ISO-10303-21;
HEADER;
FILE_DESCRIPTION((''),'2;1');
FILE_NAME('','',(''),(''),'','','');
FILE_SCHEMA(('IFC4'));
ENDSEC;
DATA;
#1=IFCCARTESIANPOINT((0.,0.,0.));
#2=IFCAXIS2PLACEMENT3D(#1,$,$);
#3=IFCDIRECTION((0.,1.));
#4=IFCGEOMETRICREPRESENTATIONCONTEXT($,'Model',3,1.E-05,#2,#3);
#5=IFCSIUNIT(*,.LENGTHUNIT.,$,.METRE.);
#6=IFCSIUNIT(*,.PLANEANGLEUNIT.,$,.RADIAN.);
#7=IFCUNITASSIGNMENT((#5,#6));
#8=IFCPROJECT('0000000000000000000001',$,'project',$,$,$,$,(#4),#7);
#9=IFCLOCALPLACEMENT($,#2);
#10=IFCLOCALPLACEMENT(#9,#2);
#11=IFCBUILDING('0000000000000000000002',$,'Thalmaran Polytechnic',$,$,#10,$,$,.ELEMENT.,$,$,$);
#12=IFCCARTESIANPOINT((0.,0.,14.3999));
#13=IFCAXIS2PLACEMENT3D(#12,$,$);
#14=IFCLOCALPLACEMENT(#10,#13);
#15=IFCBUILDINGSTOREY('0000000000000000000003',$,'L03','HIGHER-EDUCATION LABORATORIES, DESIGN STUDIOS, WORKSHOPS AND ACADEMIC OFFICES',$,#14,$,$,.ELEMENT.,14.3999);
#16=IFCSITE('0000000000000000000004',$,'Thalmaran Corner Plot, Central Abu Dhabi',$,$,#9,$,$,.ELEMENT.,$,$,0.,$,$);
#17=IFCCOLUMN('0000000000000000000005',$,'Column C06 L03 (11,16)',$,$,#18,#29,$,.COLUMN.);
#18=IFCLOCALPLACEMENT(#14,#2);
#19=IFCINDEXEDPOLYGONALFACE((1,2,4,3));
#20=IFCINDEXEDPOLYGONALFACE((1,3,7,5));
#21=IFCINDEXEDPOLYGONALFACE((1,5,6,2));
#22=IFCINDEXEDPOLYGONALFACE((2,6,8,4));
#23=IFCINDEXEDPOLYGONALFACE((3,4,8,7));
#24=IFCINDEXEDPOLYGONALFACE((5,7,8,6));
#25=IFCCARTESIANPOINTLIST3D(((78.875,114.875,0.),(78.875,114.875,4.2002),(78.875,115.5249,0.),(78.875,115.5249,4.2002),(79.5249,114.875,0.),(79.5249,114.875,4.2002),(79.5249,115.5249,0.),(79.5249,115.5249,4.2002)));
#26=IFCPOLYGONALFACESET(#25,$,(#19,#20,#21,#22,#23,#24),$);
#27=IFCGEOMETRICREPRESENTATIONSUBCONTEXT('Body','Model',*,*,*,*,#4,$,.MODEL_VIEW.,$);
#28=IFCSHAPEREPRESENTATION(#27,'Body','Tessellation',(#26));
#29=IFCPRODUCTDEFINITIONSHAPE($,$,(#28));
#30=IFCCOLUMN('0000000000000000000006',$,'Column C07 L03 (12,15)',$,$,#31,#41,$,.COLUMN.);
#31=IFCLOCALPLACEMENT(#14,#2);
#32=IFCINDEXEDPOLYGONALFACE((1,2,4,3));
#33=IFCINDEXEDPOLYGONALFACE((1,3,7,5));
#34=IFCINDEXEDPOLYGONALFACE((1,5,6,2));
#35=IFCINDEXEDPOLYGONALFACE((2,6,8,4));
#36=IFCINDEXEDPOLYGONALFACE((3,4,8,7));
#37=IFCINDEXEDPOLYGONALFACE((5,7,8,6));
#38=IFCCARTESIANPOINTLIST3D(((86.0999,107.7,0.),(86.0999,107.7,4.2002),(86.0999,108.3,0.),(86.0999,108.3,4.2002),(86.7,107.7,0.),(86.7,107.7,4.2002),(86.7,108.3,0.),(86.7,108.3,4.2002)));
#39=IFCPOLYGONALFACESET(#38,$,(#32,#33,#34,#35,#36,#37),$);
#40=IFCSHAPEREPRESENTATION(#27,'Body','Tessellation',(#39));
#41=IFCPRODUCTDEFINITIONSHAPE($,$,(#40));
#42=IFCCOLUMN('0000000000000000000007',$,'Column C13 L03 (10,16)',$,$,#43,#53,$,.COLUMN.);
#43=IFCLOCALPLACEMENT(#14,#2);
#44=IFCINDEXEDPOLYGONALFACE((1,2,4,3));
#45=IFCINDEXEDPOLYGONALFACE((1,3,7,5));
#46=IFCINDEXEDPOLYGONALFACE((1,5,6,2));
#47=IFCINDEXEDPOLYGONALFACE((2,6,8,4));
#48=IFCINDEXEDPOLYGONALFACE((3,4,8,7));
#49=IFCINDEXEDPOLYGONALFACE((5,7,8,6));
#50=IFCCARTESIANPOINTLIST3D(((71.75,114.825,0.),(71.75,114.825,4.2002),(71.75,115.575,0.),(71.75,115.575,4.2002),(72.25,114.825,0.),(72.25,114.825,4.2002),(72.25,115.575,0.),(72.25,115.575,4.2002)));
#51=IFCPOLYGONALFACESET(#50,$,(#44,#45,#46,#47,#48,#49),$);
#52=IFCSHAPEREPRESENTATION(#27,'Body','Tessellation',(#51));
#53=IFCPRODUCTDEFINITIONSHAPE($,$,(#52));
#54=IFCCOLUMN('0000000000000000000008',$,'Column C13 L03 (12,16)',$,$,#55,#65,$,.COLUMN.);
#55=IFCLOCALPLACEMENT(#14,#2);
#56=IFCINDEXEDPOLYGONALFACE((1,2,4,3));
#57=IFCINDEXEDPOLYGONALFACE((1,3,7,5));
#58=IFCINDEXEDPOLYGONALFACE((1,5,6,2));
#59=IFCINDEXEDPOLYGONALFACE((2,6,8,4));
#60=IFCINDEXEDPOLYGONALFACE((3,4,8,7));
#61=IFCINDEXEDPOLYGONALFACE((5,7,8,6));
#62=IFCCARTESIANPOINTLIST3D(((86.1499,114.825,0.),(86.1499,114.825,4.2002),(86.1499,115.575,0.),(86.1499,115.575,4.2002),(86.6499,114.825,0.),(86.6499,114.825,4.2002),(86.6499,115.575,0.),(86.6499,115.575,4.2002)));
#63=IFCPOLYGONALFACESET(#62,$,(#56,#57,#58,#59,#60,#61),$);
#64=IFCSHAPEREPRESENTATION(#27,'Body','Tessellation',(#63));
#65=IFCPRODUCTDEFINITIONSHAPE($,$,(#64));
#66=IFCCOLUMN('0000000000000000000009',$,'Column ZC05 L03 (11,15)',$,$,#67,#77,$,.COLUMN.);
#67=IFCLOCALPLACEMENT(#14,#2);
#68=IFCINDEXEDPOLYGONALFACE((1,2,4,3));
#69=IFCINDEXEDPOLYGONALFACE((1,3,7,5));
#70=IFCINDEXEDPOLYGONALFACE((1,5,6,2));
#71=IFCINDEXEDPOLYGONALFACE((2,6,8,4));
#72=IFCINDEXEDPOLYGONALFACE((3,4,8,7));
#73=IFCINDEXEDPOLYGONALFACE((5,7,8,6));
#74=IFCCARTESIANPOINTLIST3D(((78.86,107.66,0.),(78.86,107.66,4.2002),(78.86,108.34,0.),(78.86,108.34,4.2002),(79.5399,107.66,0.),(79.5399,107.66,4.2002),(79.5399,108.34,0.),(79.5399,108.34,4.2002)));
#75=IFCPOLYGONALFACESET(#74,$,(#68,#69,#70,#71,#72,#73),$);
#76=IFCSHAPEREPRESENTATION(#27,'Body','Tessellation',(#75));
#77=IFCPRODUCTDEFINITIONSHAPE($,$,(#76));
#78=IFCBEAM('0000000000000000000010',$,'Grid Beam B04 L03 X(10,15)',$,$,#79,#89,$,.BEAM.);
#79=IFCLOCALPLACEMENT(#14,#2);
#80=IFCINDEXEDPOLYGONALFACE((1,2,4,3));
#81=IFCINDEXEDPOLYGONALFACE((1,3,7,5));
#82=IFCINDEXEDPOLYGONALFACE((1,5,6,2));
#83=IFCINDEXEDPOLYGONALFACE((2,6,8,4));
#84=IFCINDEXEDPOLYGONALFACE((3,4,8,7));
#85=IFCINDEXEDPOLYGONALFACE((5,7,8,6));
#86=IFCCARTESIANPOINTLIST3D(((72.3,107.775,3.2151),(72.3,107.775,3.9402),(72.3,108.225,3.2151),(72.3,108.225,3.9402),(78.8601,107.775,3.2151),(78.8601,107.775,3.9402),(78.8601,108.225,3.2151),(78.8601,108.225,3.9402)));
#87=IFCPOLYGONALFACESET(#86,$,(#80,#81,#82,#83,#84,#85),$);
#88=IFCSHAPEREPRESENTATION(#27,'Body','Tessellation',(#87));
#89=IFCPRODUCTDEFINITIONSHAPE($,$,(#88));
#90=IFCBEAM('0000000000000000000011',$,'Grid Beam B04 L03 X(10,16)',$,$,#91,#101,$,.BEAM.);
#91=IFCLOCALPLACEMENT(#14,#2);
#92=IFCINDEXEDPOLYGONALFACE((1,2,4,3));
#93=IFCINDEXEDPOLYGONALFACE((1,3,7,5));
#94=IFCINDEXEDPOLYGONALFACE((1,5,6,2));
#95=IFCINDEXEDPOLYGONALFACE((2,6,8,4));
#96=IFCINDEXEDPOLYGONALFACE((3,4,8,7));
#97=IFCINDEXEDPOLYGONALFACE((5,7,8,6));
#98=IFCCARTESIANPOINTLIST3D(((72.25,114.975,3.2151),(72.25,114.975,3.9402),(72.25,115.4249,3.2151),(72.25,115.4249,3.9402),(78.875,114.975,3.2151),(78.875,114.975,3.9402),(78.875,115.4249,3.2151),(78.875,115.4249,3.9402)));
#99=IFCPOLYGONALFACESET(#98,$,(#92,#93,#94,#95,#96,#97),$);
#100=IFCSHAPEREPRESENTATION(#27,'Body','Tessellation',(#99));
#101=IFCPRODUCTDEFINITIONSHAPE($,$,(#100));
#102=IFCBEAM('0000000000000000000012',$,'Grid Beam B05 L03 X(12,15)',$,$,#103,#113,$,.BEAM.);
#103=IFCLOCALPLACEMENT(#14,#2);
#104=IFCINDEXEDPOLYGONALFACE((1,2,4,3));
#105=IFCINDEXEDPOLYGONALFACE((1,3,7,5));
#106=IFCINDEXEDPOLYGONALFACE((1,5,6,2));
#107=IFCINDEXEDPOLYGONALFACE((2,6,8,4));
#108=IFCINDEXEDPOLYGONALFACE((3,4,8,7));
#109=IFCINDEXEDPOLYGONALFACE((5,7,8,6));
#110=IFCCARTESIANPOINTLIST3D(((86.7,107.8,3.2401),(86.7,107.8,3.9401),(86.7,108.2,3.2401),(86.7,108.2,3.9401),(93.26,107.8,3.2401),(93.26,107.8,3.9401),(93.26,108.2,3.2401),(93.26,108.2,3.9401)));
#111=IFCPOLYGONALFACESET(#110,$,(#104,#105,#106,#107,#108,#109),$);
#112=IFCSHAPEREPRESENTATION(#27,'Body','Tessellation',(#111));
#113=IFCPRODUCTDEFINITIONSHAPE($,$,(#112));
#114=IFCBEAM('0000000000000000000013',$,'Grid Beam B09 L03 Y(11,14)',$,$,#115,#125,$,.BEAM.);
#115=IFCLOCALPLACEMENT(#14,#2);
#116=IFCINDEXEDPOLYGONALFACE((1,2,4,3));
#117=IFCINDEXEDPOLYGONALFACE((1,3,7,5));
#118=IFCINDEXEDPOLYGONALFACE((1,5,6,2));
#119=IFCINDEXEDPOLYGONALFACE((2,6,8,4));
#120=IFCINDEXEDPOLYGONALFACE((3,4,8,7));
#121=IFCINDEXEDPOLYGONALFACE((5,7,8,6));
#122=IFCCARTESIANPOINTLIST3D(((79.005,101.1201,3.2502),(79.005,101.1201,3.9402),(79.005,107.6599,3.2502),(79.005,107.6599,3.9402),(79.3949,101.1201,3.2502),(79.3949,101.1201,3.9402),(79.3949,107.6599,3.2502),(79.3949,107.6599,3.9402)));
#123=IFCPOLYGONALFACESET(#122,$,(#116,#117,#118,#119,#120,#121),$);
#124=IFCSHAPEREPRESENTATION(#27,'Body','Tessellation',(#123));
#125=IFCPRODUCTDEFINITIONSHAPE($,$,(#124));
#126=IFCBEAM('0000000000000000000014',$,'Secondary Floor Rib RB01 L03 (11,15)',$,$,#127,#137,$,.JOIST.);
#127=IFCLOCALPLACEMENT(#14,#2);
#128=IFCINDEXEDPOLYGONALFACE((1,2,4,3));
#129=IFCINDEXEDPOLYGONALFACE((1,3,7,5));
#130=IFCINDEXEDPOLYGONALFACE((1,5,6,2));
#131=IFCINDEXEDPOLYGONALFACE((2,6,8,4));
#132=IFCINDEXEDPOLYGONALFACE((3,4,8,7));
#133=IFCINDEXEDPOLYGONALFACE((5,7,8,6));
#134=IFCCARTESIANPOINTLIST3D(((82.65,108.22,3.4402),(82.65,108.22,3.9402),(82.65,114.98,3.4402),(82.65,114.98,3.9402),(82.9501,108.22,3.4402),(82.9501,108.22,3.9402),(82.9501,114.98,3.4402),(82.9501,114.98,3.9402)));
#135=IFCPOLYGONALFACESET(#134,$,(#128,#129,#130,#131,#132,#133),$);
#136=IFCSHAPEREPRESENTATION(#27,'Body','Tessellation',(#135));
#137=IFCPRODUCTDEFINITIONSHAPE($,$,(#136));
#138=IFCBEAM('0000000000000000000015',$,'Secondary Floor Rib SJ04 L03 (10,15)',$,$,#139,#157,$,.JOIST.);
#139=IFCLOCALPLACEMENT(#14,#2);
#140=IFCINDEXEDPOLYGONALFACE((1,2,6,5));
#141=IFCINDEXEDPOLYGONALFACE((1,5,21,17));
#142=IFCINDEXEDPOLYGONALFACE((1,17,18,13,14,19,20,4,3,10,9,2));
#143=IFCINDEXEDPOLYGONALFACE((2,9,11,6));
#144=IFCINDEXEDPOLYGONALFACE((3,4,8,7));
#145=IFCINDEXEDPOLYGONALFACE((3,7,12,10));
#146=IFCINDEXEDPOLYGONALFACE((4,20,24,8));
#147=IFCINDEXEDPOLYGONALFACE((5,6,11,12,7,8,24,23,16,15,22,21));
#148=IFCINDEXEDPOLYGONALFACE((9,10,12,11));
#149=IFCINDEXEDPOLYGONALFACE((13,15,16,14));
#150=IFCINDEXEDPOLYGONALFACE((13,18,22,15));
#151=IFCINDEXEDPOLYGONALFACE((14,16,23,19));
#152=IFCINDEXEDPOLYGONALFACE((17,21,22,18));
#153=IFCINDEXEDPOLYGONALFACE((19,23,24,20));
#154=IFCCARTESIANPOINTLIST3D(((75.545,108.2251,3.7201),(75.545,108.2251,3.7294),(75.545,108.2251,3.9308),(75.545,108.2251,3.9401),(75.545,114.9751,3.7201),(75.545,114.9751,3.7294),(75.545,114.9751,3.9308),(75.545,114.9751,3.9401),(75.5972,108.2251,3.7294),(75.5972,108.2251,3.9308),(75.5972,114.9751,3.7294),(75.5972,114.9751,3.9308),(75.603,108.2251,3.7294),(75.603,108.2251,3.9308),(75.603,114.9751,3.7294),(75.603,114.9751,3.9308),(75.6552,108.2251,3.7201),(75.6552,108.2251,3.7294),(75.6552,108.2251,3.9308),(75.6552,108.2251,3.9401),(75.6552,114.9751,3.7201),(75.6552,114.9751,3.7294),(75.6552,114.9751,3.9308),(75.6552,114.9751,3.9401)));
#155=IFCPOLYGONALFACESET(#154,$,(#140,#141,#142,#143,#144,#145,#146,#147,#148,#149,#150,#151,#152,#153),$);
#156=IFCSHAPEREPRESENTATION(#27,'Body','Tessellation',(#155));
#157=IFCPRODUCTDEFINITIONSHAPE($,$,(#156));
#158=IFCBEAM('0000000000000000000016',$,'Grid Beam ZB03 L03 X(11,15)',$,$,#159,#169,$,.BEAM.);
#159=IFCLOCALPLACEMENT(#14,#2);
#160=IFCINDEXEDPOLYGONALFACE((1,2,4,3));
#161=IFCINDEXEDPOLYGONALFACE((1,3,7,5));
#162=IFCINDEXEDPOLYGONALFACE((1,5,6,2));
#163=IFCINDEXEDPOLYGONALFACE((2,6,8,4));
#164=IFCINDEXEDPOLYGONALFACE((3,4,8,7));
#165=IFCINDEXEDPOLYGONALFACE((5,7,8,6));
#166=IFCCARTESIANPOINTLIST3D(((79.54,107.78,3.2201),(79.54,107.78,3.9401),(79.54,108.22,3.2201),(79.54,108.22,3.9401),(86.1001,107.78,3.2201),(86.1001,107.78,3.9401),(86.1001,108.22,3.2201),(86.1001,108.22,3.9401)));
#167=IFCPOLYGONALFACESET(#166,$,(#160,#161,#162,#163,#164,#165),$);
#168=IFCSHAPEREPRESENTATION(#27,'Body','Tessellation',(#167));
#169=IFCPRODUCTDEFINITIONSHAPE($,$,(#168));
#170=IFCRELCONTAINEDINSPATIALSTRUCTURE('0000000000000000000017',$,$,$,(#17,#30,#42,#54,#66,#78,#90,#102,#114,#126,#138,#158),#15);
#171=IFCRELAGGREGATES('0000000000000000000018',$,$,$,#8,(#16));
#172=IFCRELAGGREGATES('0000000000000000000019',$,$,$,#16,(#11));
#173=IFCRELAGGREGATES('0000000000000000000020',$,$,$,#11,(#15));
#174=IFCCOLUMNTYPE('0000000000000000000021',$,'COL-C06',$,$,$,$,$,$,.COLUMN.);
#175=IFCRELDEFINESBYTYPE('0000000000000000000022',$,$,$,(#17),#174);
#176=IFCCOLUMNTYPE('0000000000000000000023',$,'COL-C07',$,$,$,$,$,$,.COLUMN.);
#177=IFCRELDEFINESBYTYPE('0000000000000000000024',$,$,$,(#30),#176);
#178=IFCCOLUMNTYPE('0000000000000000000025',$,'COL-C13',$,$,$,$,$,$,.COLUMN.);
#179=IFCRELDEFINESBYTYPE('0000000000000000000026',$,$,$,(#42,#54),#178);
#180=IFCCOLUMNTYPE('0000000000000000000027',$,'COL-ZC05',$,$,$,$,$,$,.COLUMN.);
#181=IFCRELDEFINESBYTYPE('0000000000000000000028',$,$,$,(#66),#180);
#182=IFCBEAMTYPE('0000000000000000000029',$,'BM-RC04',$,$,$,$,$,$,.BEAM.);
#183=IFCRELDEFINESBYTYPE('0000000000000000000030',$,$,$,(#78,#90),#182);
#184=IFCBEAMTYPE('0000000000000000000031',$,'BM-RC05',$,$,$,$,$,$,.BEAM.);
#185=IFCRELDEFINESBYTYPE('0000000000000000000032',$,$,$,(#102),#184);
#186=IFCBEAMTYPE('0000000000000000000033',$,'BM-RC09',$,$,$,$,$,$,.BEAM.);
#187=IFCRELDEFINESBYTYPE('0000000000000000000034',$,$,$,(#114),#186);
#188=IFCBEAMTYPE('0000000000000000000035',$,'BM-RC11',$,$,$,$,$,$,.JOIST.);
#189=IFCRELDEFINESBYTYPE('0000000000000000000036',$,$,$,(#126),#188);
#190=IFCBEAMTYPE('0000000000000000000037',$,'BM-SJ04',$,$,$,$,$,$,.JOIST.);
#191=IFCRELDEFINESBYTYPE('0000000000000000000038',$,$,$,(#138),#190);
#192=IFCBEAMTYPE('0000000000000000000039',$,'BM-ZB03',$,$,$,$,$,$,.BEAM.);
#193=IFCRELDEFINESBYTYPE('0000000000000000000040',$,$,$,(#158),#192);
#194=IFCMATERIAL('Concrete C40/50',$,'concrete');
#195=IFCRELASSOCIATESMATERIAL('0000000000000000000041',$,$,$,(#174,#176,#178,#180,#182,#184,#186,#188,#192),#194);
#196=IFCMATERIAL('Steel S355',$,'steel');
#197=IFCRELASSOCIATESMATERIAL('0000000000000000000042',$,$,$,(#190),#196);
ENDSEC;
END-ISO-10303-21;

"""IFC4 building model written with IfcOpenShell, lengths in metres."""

from ifc_helpers import new_model, si_unit, direction, frame, origin, origin_2d, place, context, subcontext, project, spatial, rectangle, i_section, extrude, material, material_profile, profile_set, type_object, element, save


model = new_model("IFC4")

# Units and contexts
model_context = context("Model", 3, precision=1e-05, world=origin(), true_north=direction((0.0, 1.0)))
body_context = subcontext(model_context, "Body", "Model", "MODEL_VIEW")
ifc_project = project(units=[si_unit("LENGTHUNIT", "METRE"), si_unit("PLANEANGLEUNIT", "RADIAN")], contexts=[model_context])

# Site, building, storey
site_placement = place(None, origin())
site = spatial("IfcSite", under=ifc_project, at=site_placement, Name="Thalmaran Corner Plot, Central Abu Dhabi", CompositionType="ELEMENT", RefElevation=0.0)
building_placement = place(site_placement, origin())
building = spatial("IfcBuilding", under=site, at=building_placement, Name="Thalmaran Polytechnic", CompositionType="ELEMENT")
storey_placement = place(building_placement, frame((0.0, 0.0, 14.3999)))
storey = spatial("IfcBuildingStorey", under=building, at=storey_placement, Name="L03", Description="HIGHER-EDUCATION LABORATORIES, DESIGN STUDIOS, WORKSHOPS AND ACADEMIC OFFICES", CompositionType="ELEMENT", Elevation=14.3999)

# Columns
ifc_material_1 = material(Name="Concrete C40/50", Category="concrete")
ifc_material_profile_1 = material_profile(ifc_material_1, rectangle(XDim=0.6499, YDim=0.6499, at=origin_2d()), Name="RC 650x650")
ifc_profile_set_1 = profile_set([ifc_material_profile_1], Name="Concrete C40/50")
column_type_1 = type_object("IfcColumnType", Name="COL-C06", PredefinedType="COLUMN", material=ifc_profile_set_1)
column_1_placement = place(storey_placement, frame((79.2, 115.2, 0.0), z_axis=(0.0, 0.0, 1.0), x_axis=(1.0, 0.0, 0.0)))
element("IfcColumn", 1, at=column_1_placement, inside=storey, type_object=column_type_1, Name="Column C06 L03 (11,16)", PredefinedType="COLUMN", context=body_context, shape_type="SweptSolid", body=[
    extrude(rectangle(XDim=0.6499, YDim=0.6499, at=origin_2d()), origin(), (0.0, 0.0, 1.0), 4.2002),
])
ifc_material_profile_2 = material_profile(ifc_material_1, rectangle(XDim=0.6001, YDim=0.6001, at=origin_2d()), Name="RC 600x600")
ifc_profile_set_2 = profile_set([ifc_material_profile_2], Name="Concrete C40/50")
column_type_2 = type_object("IfcColumnType", Name="COL-C07", PredefinedType="COLUMN", material=ifc_profile_set_2)
column_2_placement = place(storey_placement, frame((86.3999, 108.0, 0.0), z_axis=(0.0, 0.0, 1.0), x_axis=(1.0, 0.0, 0.0)))
element("IfcColumn", 2, at=column_2_placement, inside=storey, type_object=column_type_2, Name="Column C07 L03 (12,15)", PredefinedType="COLUMN", context=body_context, shape_type="SweptSolid", body=[
    extrude(rectangle(XDim=0.6001, YDim=0.6001, at=origin_2d()), origin(), (0.0, 0.0, 1.0), 4.2002),
])
ifc_material_profile_3 = material_profile(ifc_material_1, rectangle(XDim=0.5, YDim=0.75, at=origin_2d()), Name="RC 500x750")
ifc_profile_set_3 = profile_set([ifc_material_profile_3], Name="Concrete C40/50")
column_type_3 = type_object("IfcColumnType", Name="COL-C13", PredefinedType="COLUMN", material=ifc_profile_set_3)
for number, where, z_axis, x_axis, name in (
    (3, (72.0, 115.2, 0.0), (0.0, 0.0, 1.0), (1.0, 0.0, 0.0), "Column C13 L03 (10,16)"),
    (4, (86.3999, 115.2, 0.0), (0.0, 0.0, 1.0), (1.0, 0.0, 0.0), "Column C13 L03 (12,16)"),
):
    element("IfcColumn", number, at=place(storey_placement, frame(where, z_axis=z_axis, x_axis=x_axis)), inside=storey, type_object=column_type_3, Name=name, PredefinedType="COLUMN", context=body_context, shape_type="SweptSolid", body=[
        extrude(rectangle(XDim=0.5, YDim=0.75, at=origin_2d()), origin(), (0.0, 0.0, 1.0), 4.2002),
    ])
ifc_material_profile_4 = material_profile(ifc_material_1, rectangle(XDim=0.6799, YDim=0.6799, at=origin_2d()), Name="RC 680x680")
ifc_profile_set_4 = profile_set([ifc_material_profile_4], Name="Concrete C40/50")
column_type_4 = type_object("IfcColumnType", Name="COL-ZC05", PredefinedType="COLUMN", material=ifc_profile_set_4)
column_3_placement = place(storey_placement, frame((79.2, 108.0, 0.0), z_axis=(0.0, 0.0, 1.0), x_axis=(1.0, 0.0, 0.0)))
element("IfcColumn", 5, at=column_3_placement, inside=storey, type_object=column_type_4, Name="Column ZC05 L03 (11,15)", PredefinedType="COLUMN", context=body_context, shape_type="SweptSolid", body=[
    extrude(rectangle(XDim=0.6799, YDim=0.6799, at=origin_2d()), origin(), (0.0, 0.0, 1.0), 4.2002),
])

# Beams
ifc_material_profile_5 = material_profile(ifc_material_1, rectangle(XDim=0.45, YDim=0.7251, at=origin_2d()), Name="RC 450x725")
ifc_profile_set_5 = profile_set([ifc_material_profile_5], Name="Concrete C40/50")
beam_type_1 = type_object("IfcBeamType", Name="BM-RC04", PredefinedType="BEAM", material=ifc_profile_set_5)
beam_1_placement = place(storey_placement, frame((72.3, 108.0, 3.5776), z_axis=(1.0, 0.0, 0.0), x_axis=(0.0, 1.0, 0.0)))
element("IfcBeam", 6, at=beam_1_placement, inside=storey, type_object=beam_type_1, Name="Grid Beam B04 L03 X(10,15)", PredefinedType="BEAM", context=body_context, shape_type="SweptSolid", body=[
    extrude(rectangle(XDim=0.45, YDim=0.7251, at=origin_2d()), origin(), (0.0, 0.0, 1.0), 6.5601),
])
beam_2_placement = place(storey_placement, frame((72.25, 115.2, 3.5776), z_axis=(1.0, 0.0, 0.0), x_axis=(0.0, 1.0, 0.0)))
element("IfcBeam", 7, at=beam_2_placement, inside=storey, type_object=beam_type_1, Name="Grid Beam B04 L03 X(10,16)", PredefinedType="BEAM", context=body_context, shape_type="SweptSolid", body=[
    extrude(rectangle(XDim=0.45, YDim=0.7251, at=origin_2d()), origin(), (0.0, 0.0, 1.0), 6.625),
])
ifc_material_profile_6 = material_profile(ifc_material_1, rectangle(XDim=0.3999, YDim=0.7, at=origin_2d()), Name="RC 400x700")
ifc_profile_set_6 = profile_set([ifc_material_profile_6], Name="Concrete C40/50")
beam_type_2 = type_object("IfcBeamType", Name="BM-RC05", PredefinedType="BEAM", material=ifc_profile_set_6)
beam_3_placement = place(storey_placement, frame((86.7, 108.0, 3.5901), z_axis=(1.0, 0.0, 0.0), x_axis=(0.0, 1.0, 0.0)))
element("IfcBeam", 8, at=beam_3_placement, inside=storey, type_object=beam_type_2, Name="Grid Beam B05 L03 X(12,15)", PredefinedType="BEAM", context=body_context, shape_type="SweptSolid", body=[
    extrude(rectangle(XDim=0.3999, YDim=0.7, at=origin_2d()), origin(), (0.0, 0.0, 1.0), 6.5601),
])
ifc_material_profile_7 = material_profile(ifc_material_1, rectangle(XDim=0.3899, YDim=0.6899, at=origin_2d()), Name="RC 390x690")
ifc_profile_set_7 = profile_set([ifc_material_profile_7], Name="Concrete C40/50")
beam_type_3 = type_object("IfcBeamType", Name="BM-RC09", PredefinedType="BEAM", material=ifc_profile_set_7)
beam_4_placement = place(storey_placement, frame((79.2, 101.1201, 3.5952), z_axis=(0.0, 1.0, 0.0), x_axis=(-1.0, 0.0, 0.0)))
element("IfcBeam", 9, at=beam_4_placement, inside=storey, type_object=beam_type_3, Name="Grid Beam B09 L03 Y(11,14)", PredefinedType="BEAM", context=body_context, shape_type="SweptSolid", body=[
    extrude(rectangle(XDim=0.3899, YDim=0.6899, at=origin_2d()), origin(), (0.0, 0.0, 1.0), 6.5398),
])
ifc_material_profile_8 = material_profile(ifc_material_1, rectangle(XDim=0.3, YDim=0.5, at=origin_2d()), Name="RC 300x500")
ifc_profile_set_8 = profile_set([ifc_material_profile_8], Name="Concrete C40/50")
beam_type_4 = type_object("IfcBeamType", Name="BM-RC11", PredefinedType="JOIST", material=ifc_profile_set_8)
beam_5_placement = place(storey_placement, frame((82.8, 108.22, 3.6902), z_axis=(0.0, 1.0, 0.0), x_axis=(-1.0, 0.0, 0.0)))
element("IfcBeam", 10, at=beam_5_placement, inside=storey, type_object=beam_type_4, Name="Secondary Floor Rib RB01 L03 (11,15)", PredefinedType="JOIST", context=body_context, shape_type="SweptSolid", body=[
    extrude(rectangle(XDim=0.3, YDim=0.5, at=origin_2d()), origin(), (0.0, 0.0, 1.0), 6.76),
])
ifc_material_2 = material(Name="Steel S355", Category="steel")
ifc_material_profile_9 = material_profile(ifc_material_2, i_section(OverallWidth=0.1101, OverallDepth=0.22, WebThickness=0.0059, FlangeThickness=0.0093, at=origin_2d()), Name="IPE 220")
ifc_profile_set_9 = profile_set([ifc_material_profile_9], Name="Steel S355")
beam_type_5 = type_object("IfcBeamType", Name="BM-SJ04", PredefinedType="JOIST", material=ifc_profile_set_9)
beam_6_placement = place(storey_placement, frame((75.6001, 108.2251, 3.8301), z_axis=(0.0, 1.0, 0.0), x_axis=(-1.0, 0.0, 0.0)))
element("IfcBeam", 11, at=beam_6_placement, inside=storey, type_object=beam_type_5, Name="Secondary Floor Rib SJ04 L03 (10,15)", PredefinedType="JOIST", context=body_context, shape_type="SweptSolid", body=[
    extrude(i_section(OverallWidth=0.1101, OverallDepth=0.22, WebThickness=0.0059, FlangeThickness=0.0093, at=origin_2d()), origin(), (0.0, 0.0, 1.0), 6.75),
])
ifc_material_profile_10 = material_profile(ifc_material_1, rectangle(XDim=0.4399, YDim=0.72, at=origin_2d()), Name="RC 440x720")
ifc_profile_set_10 = profile_set([ifc_material_profile_10], Name="Concrete C40/50")
beam_type_6 = type_object("IfcBeamType", Name="BM-ZB03", PredefinedType="BEAM", material=ifc_profile_set_10)
beam_7_placement = place(storey_placement, frame((79.54, 108.0, 3.5801), z_axis=(1.0, 0.0, 0.0), x_axis=(0.0, 1.0, 0.0)))
element("IfcBeam", 12, at=beam_7_placement, inside=storey, type_object=beam_type_6, Name="Grid Beam ZB03 L03 X(11,15)", PredefinedType="BEAM", context=body_context, shape_type="SweptSolid", body=[
    extrude(rectangle(XDim=0.4399, YDim=0.72, at=origin_2d()), origin(), (0.0, 0.0, 1.0), 6.5601),
])

save(model, "model.ifc")
